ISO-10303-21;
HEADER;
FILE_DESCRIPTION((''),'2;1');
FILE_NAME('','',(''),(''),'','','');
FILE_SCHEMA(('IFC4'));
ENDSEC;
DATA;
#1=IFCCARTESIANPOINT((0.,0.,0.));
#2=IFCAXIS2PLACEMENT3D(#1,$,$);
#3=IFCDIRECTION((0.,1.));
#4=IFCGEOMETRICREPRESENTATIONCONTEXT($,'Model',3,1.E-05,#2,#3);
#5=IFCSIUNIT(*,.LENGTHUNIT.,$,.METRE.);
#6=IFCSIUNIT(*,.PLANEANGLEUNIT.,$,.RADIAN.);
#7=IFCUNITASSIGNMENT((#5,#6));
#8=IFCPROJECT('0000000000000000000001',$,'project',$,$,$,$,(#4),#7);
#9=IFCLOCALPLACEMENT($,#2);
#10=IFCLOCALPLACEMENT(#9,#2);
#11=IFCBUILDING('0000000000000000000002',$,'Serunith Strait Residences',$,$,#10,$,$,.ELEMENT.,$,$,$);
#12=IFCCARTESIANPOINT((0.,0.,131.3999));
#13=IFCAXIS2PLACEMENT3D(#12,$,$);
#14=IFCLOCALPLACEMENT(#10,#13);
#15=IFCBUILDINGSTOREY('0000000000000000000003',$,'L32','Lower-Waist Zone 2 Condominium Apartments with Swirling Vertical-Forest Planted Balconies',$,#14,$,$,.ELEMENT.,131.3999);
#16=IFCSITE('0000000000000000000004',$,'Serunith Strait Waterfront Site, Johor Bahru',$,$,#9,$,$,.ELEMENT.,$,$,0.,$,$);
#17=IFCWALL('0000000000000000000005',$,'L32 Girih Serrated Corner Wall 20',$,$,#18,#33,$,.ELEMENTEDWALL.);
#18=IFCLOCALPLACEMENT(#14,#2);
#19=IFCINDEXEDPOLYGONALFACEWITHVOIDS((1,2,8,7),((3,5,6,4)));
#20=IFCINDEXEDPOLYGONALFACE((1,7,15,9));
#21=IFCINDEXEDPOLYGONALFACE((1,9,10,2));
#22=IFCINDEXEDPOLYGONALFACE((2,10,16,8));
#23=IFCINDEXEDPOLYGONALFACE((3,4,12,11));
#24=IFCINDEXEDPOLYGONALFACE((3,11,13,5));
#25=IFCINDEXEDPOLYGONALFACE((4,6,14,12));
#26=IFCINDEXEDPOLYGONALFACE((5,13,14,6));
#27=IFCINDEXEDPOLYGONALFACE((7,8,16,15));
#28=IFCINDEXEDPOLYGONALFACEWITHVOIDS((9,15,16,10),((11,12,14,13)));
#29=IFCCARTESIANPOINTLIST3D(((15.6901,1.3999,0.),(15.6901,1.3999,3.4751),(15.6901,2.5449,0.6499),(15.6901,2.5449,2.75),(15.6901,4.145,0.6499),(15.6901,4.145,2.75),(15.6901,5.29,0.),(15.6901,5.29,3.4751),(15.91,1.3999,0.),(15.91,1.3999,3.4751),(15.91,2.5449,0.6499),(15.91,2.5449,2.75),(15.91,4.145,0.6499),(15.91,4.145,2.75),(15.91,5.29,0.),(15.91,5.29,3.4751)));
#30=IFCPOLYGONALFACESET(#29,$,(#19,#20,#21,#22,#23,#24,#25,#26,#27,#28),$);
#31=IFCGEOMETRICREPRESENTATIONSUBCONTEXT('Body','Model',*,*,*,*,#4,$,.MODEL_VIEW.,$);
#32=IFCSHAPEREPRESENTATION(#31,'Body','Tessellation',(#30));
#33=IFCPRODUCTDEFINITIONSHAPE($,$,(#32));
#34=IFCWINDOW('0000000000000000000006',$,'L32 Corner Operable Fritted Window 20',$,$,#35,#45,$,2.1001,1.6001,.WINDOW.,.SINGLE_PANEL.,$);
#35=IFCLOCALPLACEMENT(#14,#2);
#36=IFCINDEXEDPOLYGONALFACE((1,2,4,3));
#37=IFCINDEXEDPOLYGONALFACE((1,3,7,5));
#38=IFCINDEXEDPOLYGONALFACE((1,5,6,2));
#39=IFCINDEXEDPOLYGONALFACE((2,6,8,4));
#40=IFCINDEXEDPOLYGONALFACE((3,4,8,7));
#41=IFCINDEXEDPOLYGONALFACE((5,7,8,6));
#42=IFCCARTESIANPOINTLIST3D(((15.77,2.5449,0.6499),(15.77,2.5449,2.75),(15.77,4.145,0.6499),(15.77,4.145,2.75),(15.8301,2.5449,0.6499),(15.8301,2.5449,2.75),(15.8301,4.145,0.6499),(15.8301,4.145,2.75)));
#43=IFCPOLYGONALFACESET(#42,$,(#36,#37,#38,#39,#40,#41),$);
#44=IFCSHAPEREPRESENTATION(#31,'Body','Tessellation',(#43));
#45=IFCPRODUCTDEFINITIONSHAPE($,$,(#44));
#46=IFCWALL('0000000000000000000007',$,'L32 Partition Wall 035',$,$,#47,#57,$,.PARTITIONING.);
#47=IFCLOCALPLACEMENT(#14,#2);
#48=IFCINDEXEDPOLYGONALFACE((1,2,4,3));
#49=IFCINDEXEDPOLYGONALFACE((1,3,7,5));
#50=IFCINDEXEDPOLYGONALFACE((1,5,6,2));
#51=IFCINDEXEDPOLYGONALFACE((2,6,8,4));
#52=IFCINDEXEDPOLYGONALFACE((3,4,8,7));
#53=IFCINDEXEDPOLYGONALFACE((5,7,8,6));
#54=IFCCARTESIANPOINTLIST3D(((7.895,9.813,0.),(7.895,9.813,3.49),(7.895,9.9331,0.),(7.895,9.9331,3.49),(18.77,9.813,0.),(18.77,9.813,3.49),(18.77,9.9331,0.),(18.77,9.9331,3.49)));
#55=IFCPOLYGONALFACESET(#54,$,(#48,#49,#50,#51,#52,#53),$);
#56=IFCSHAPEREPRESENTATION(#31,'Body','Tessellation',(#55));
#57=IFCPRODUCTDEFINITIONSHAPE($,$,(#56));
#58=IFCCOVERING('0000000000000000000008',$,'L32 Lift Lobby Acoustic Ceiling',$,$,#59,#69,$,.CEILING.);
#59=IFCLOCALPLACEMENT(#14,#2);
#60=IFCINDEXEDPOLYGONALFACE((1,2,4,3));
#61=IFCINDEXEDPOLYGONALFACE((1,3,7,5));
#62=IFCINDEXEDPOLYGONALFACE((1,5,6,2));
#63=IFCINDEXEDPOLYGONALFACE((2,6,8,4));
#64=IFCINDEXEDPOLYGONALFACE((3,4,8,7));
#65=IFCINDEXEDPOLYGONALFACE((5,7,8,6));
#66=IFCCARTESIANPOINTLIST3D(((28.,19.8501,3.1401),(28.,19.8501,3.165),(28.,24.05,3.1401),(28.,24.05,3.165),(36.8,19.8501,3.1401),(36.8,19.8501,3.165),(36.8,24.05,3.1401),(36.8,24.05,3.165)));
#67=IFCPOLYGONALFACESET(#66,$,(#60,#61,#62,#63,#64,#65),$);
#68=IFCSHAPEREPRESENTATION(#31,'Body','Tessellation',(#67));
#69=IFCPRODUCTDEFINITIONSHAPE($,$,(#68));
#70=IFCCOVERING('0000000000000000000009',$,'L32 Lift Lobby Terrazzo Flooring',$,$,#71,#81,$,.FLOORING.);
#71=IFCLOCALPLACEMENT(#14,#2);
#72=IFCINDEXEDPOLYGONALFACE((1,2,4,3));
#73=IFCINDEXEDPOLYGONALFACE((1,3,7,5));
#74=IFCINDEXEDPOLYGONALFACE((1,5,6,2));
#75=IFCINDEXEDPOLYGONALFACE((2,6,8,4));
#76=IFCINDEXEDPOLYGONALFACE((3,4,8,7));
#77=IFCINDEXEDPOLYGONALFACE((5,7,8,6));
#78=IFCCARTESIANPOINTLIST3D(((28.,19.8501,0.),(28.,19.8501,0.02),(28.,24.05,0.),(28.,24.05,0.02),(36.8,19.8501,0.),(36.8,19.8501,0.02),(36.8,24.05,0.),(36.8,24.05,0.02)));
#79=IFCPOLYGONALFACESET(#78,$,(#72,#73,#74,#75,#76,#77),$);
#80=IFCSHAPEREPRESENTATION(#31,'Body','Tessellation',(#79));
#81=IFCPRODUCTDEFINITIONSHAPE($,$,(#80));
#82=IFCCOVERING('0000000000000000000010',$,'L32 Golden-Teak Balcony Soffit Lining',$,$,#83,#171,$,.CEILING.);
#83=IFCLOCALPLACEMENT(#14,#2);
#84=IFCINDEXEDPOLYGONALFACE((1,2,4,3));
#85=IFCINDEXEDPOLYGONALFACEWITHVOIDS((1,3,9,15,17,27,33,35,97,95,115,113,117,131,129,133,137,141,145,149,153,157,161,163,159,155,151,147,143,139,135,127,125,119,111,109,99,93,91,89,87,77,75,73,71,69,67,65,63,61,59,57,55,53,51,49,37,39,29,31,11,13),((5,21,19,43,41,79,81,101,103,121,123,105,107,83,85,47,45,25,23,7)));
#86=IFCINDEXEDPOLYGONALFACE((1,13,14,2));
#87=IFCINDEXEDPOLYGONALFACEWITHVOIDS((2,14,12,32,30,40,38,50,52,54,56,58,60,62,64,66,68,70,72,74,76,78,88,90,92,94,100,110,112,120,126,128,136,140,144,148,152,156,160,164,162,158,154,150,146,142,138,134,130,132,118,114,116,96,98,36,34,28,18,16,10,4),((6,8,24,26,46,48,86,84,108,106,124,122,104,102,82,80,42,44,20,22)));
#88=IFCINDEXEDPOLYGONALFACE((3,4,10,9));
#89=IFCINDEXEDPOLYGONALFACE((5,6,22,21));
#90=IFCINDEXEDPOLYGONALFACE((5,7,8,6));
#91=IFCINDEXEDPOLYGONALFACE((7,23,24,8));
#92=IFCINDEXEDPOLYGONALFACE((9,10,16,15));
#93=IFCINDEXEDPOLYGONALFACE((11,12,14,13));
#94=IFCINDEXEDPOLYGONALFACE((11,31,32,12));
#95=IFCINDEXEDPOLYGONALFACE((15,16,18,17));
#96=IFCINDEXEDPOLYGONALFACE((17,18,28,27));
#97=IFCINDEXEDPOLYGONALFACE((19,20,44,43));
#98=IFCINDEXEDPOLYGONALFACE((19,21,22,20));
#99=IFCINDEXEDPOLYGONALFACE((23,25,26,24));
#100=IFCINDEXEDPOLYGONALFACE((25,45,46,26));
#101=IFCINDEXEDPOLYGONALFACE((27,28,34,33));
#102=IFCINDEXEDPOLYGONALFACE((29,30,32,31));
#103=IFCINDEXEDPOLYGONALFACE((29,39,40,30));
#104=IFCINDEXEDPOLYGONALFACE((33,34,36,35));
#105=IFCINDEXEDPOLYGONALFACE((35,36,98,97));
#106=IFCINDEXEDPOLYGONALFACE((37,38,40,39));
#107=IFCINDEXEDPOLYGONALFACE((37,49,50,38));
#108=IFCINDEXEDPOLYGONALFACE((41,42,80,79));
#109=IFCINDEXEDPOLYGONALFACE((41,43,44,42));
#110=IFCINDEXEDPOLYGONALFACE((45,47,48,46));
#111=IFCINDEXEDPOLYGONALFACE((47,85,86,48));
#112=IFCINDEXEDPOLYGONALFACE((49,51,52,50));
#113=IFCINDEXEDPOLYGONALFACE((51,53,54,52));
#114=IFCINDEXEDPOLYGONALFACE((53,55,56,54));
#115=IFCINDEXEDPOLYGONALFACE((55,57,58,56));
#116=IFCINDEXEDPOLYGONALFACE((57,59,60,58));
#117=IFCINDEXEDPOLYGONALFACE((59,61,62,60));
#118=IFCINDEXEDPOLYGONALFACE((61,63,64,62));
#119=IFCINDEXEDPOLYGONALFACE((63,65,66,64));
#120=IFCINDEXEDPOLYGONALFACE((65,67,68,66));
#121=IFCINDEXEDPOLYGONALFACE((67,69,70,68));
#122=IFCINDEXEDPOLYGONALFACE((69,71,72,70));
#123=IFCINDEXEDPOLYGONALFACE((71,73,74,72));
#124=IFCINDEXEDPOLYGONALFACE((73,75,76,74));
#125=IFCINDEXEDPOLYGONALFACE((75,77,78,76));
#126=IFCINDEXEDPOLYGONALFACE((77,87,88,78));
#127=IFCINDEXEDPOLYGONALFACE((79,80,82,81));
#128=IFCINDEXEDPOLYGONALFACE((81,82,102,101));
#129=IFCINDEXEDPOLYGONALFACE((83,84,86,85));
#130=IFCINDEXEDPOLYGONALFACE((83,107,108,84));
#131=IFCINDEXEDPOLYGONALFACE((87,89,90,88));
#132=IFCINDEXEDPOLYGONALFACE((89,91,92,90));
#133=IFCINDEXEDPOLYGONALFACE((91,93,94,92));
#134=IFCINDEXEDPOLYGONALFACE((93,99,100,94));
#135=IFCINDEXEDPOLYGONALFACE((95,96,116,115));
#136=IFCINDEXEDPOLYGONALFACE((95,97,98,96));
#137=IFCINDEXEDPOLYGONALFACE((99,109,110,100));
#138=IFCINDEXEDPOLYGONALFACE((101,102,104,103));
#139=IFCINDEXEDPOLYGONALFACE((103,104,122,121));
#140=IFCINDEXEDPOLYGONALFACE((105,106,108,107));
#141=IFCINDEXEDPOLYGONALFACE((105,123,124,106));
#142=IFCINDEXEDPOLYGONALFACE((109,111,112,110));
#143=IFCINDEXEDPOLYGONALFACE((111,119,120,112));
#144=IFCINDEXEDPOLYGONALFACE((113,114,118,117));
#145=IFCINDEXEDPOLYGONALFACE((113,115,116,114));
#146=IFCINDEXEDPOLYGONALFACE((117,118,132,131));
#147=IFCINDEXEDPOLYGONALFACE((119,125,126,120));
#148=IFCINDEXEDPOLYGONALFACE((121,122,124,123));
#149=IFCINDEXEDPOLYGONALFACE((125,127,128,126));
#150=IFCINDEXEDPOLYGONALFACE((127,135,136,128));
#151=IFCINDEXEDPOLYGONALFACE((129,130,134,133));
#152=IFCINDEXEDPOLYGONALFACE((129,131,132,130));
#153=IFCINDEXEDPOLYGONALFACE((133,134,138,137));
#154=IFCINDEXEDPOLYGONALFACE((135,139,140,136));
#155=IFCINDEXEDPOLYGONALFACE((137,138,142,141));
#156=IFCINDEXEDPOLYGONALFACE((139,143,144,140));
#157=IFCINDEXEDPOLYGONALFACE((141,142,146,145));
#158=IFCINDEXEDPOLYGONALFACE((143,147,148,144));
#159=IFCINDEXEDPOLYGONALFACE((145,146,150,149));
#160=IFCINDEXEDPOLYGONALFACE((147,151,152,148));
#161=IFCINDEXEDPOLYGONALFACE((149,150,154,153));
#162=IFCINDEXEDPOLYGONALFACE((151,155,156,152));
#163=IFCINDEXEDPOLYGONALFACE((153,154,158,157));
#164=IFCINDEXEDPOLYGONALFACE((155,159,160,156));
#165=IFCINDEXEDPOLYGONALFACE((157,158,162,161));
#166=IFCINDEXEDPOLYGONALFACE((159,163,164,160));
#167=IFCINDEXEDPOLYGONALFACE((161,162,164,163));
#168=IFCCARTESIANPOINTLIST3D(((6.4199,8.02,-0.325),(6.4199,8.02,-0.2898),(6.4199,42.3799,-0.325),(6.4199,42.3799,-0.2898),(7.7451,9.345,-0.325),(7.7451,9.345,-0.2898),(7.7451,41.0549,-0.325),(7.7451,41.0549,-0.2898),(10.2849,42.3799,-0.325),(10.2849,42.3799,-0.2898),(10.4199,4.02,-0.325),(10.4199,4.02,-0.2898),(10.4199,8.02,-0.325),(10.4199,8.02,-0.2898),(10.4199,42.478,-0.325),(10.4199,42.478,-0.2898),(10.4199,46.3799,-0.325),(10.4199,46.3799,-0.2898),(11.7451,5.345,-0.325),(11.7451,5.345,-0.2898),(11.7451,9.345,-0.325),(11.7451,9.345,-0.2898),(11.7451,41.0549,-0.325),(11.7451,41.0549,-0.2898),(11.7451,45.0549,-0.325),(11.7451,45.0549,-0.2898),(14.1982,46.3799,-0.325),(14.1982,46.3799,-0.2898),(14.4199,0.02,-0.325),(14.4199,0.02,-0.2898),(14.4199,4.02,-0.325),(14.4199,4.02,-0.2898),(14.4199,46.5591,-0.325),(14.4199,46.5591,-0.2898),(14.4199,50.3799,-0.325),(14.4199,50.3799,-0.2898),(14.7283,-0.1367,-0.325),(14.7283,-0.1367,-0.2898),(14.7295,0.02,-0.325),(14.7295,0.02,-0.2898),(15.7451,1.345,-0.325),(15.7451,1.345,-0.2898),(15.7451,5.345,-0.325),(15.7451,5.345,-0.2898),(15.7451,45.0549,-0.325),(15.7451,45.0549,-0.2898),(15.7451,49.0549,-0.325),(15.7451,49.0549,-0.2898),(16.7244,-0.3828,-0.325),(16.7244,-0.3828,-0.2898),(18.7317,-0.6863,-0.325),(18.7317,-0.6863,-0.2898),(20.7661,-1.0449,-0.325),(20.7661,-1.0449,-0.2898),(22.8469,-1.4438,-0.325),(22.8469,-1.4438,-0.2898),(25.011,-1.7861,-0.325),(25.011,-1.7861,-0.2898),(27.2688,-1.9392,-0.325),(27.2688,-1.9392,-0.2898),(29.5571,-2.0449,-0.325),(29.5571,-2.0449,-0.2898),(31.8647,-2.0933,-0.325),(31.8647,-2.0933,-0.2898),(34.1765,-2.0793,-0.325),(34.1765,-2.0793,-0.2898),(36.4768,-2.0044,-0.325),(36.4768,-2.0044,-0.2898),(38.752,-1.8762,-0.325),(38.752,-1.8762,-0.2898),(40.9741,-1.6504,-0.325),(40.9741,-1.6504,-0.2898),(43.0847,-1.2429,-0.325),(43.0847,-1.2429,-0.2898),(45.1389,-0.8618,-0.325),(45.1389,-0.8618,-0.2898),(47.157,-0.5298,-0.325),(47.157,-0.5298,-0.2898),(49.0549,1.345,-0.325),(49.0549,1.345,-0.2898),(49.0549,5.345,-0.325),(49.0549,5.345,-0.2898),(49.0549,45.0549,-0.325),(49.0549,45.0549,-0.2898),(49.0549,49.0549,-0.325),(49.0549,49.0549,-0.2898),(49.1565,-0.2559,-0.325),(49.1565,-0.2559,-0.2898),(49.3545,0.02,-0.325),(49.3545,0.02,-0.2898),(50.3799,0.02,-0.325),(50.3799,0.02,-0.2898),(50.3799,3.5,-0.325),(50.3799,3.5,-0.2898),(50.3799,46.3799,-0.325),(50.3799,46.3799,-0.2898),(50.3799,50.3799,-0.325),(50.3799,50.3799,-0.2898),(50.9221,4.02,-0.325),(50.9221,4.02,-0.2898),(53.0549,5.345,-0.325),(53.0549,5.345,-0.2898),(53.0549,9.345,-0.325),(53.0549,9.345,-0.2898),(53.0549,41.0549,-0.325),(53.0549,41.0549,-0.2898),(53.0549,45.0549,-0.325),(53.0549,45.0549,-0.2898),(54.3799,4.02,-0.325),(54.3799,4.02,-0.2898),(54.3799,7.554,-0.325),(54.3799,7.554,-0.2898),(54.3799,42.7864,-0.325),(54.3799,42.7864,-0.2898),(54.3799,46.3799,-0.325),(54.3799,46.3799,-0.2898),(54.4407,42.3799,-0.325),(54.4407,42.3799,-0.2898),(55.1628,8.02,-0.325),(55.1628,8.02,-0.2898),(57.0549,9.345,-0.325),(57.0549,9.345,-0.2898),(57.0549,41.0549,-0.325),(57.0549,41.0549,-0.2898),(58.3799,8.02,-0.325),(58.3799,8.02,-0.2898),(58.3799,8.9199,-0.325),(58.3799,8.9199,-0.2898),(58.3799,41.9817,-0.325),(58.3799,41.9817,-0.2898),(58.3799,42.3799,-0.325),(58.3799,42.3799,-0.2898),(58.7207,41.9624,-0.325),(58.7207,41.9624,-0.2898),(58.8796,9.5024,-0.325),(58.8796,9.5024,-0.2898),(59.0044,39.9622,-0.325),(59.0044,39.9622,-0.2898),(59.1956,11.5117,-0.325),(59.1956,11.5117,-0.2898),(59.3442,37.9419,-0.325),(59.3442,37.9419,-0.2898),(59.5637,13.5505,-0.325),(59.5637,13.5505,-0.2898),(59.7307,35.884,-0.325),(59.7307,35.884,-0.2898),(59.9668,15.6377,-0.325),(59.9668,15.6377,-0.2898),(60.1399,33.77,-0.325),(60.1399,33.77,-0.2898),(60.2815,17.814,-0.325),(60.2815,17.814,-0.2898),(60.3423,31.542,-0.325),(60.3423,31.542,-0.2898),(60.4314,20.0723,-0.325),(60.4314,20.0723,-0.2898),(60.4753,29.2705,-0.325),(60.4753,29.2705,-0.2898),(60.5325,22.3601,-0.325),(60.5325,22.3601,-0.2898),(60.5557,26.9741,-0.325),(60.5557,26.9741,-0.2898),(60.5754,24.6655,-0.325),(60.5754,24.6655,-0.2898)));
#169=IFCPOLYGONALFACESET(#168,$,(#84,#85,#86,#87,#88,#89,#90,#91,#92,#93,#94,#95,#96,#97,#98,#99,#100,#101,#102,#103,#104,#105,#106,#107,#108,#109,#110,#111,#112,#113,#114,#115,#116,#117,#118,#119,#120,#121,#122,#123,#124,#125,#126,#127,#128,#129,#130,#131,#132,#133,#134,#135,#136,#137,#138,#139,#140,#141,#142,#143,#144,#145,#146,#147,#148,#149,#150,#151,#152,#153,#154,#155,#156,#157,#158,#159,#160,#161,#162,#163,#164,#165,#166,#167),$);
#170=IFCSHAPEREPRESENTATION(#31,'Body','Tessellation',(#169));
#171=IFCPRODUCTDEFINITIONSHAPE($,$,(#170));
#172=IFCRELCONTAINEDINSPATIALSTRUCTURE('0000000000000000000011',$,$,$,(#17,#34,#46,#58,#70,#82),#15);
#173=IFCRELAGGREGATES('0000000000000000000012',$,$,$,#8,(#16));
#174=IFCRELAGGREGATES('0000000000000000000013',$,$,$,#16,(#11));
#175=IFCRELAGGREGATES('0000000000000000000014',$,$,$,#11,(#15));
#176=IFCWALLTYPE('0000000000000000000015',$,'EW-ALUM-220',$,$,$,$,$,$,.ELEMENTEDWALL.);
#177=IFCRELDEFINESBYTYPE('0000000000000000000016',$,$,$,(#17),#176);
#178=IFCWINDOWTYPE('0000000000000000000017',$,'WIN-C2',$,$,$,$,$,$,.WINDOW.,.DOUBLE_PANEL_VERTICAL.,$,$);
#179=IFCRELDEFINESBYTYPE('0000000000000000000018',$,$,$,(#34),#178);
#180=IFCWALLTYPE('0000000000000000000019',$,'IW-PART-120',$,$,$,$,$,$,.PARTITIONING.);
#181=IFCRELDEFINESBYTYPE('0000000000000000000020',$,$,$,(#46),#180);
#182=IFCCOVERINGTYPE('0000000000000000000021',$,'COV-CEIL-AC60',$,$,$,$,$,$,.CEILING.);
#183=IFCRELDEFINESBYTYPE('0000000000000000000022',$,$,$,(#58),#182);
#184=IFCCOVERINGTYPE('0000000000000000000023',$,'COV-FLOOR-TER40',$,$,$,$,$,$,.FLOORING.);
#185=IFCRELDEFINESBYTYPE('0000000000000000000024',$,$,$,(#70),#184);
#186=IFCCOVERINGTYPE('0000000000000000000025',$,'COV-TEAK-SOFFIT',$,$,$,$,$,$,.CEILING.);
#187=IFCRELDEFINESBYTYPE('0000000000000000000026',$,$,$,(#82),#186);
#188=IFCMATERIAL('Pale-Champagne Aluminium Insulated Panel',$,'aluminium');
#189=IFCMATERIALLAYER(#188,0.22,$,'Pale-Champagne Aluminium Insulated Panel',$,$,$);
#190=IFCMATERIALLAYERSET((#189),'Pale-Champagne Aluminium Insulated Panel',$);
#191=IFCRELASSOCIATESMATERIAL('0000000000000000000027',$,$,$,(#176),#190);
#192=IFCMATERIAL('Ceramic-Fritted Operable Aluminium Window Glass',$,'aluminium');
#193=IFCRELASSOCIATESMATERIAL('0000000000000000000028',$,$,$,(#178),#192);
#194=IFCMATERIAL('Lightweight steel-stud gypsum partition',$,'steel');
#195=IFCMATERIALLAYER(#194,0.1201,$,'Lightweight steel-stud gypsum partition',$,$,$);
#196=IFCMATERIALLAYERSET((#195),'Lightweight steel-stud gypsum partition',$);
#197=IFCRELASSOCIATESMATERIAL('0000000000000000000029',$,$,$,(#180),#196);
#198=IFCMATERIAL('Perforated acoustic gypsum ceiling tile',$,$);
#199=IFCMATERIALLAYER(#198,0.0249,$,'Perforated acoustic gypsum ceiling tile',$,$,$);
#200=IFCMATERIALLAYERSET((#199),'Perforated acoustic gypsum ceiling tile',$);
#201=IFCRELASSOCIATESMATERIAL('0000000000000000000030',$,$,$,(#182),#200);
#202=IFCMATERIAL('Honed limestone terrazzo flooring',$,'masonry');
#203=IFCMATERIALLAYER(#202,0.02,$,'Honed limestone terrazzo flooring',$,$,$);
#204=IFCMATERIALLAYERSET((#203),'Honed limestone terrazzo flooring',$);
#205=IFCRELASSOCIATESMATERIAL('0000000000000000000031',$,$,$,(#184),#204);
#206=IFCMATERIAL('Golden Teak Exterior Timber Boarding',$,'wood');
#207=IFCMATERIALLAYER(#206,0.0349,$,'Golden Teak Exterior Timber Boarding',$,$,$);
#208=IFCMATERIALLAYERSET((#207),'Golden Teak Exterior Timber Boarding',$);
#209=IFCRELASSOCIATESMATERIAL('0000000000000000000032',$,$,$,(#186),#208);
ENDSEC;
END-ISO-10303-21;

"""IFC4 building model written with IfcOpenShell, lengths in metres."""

from ifc_helpers import new_model, si_unit, direction, frame, frame_2d, origin, place, context, subcontext, project, spatial, polyline, rectangle, outline, extrude, source, transform, mapped, material, layer, layer_set, type_object, element, fill, save


model = new_model("IFC4")

# Units and contexts
model_context = context("Model", 3, precision=1e-05, world=origin(), true_north=direction((0.0, 1.0)))
body_context = subcontext(model_context, "Body", "Model", "MODEL_VIEW")
ifc_project = project(units=[si_unit("LENGTHUNIT", "METRE"), si_unit("PLANEANGLEUNIT", "RADIAN")], contexts=[model_context])

# Site, building, storey
site_placement = place(None, origin())
site = spatial("IfcSite", under=ifc_project, at=site_placement, Name="Serunith Strait Waterfront Site, Johor Bahru", CompositionType="ELEMENT", RefElevation=0.0)
building_placement = place(site_placement, origin())
building = spatial("IfcBuilding", under=site, at=building_placement, Name="Serunith Strait Residences", CompositionType="ELEMENT")
storey_placement = place(building_placement, frame((0.0, 0.0, 131.3999)))
storey = spatial("IfcBuildingStorey", under=building, at=storey_placement, Name="L32", Description="Lower-Waist Zone 2 Condominium Apartments with Swirling Vertical-Forest Planted Balconies", CompositionType="ELEMENT", Elevation=131.3999)

# Wall, opening, window
ifc_material_1 = material(Name="Pale-Champagne Aluminium Insulated Panel", Category="aluminium")
ifc_layer_1 = layer(ifc_material_1, 0.22, Name="Pale-Champagne Aluminium Insulated Panel")
ifc_layer_set_1 = layer_set([ifc_layer_1], Name="Pale-Champagne Aluminium Insulated Panel")
wall_type_1 = type_object("IfcWallType", Name="EW-ALUM-220", PredefinedType="ELEMENTEDWALL", material=ifc_layer_set_1)
ifc_material_2 = material(Name="Ceramic-Fritted Operable Aluminium Window Glass", Category="aluminium")
window_type = type_object("IfcWindowType", Name="WIN-C2", PartitioningType="DOUBLE_PANEL_VERTICAL", PredefinedType="WINDOW", material=ifc_material_2)
shared_shape_1 = source(origin(), body_context, "Body", "SweptSolid", [
    extrude(rectangle(XDim=1.6001, YDim=2.1001, at=frame_2d((0.8, 1.05))), frame((0.0, 0.03, 0.0), z_axis=(0.0, -1.0, 0.0), x_axis=(1.0, 0.0, 0.0)), (0.0, 0.0, 1.0), 0.0601),
])
wall_1_placement = place(storey_placement, frame((15.8, 5.29, 0.0), z_axis=(0.0, 0.0, 1.0), x_axis=(0.0, -1.0, 0.0)))
wall_1 = element("IfcWall", 1, at=wall_1_placement, inside=storey, type_object=wall_type_1, Name="L32 Girih Serrated Corner Wall 20", PredefinedType="ELEMENTEDWALL", context=body_context, shape_type="SweptSolid", body=[
    extrude(rectangle(XDim=3.8901, YDim=0.22, at=frame_2d((1.9451, 0.0))), origin(), (0.0, 0.0, 1.0), 3.4751),
])
opening_1_placement = place(wall_1_placement, frame((1.145, 0.0, 0.6499)))
opening_1 = element("IfcOpeningElement", 2, at=opening_1_placement, cuts=wall_1, PredefinedType="OPENING", context=body_context, shape_type="SweptSolid", body=[
    extrude(rectangle(XDim=1.6001, YDim=2.1001, at=frame_2d((0.8, 1.05))), frame((0.0, 0.1201, 0.0), z_axis=(0.0, -1.0, 0.0), x_axis=(1.0, 0.0, 0.0)), (0.0, 0.0, 1.0), 0.24),
])
window_1_placement = place(opening_1_placement, origin())
window_1 = element("IfcWindow", 3, at=window_1_placement, inside=storey, type_object=window_type, Name="L32 Corner Operable Fritted Window 20", OverallHeight=2.1001, OverallWidth=1.6001, PartitioningType="SINGLE_PANEL", PredefinedType="WINDOW", context=body_context, shape_type="MappedRepresentation", body=[
    mapped(shared_shape_1, transform((0.0, 0.0, 0.0), scale=1.0)),
])
fill(opening_1, window_1)

# Wall
ifc_material_3 = material(Name="Lightweight steel-stud gypsum partition", Category="steel")
ifc_layer_2 = layer(ifc_material_3, 0.1201, Name="Lightweight steel-stud gypsum partition")
ifc_layer_set_2 = layer_set([ifc_layer_2], Name="Lightweight steel-stud gypsum partition")
wall_type_2 = type_object("IfcWallType", Name="IW-PART-120", PredefinedType="PARTITIONING", material=ifc_layer_set_2)
wall_2_placement = place(storey_placement, frame((7.895, 9.873, 0.0), z_axis=(0.0, 0.0, 1.0), x_axis=(1.0, 0.0, 0.0)))
element("IfcWall", 4, at=wall_2_placement, inside=storey, type_object=wall_type_2, Name="L32 Partition Wall 035", PredefinedType="PARTITIONING", context=body_context, shape_type="SweptSolid", body=[
    extrude(rectangle(XDim=10.875, YDim=0.1201, at=frame_2d((5.4375, 0.0))), origin(), (0.0, 0.0, 1.0), 3.49),
])

# Coverings
ifc_material_4 = material(Name="Perforated acoustic gypsum ceiling tile")
ifc_layer_3 = layer(ifc_material_4, 0.0249, Name="Perforated acoustic gypsum ceiling tile")
ifc_layer_set_3 = layer_set([ifc_layer_3], Name="Perforated acoustic gypsum ceiling tile")
covering_type_1 = type_object("IfcCoveringType", Name="COV-CEIL-AC60", PredefinedType="CEILING", material=ifc_layer_set_3)
covering_1_placement = place(storey_placement, frame((0.0, 0.0, 3.1401)))
element("IfcCovering", 5, at=covering_1_placement, inside=storey, type_object=covering_type_1, Name="L32 Lift Lobby Acoustic Ceiling", PredefinedType="CEILING", context=body_context, shape_type="SweptSolid", body=[
    extrude(outline(polyline([(28.0, 19.8501), (36.8, 19.8501), (36.8, 24.05), (28.0, 24.05), (28.0, 19.8501)])), origin(), (0.0, 0.0, 1.0), 0.0249),
])
ifc_material_5 = material(Name="Honed limestone terrazzo flooring", Category="masonry")
ifc_layer_4 = layer(ifc_material_5, 0.02, Name="Honed limestone terrazzo flooring")
ifc_layer_set_4 = layer_set([ifc_layer_4], Name="Honed limestone terrazzo flooring")
covering_type_2 = type_object("IfcCoveringType", Name="COV-FLOOR-TER40", PredefinedType="FLOORING", material=ifc_layer_set_4)
covering_2_placement = place(storey_placement, origin())
element("IfcCovering", 6, at=covering_2_placement, inside=storey, type_object=covering_type_2, Name="L32 Lift Lobby Terrazzo Flooring", PredefinedType="FLOORING", context=body_context, shape_type="SweptSolid", body=[
    extrude(outline(polyline([(28.0, 19.8501), (36.8, 19.8501), (36.8, 24.05), (28.0, 24.05), (28.0, 19.8501)])), origin(), (0.0, 0.0, 1.0), 0.02),
])
ifc_material_6 = material(Name="Golden Teak Exterior Timber Boarding", Category="wood")
ifc_layer_5 = layer(ifc_material_6, 0.0349, Name="Golden Teak Exterior Timber Boarding")
ifc_layer_set_5 = layer_set([ifc_layer_5], Name="Golden Teak Exterior Timber Boarding")
covering_type_3 = type_object("IfcCoveringType", Name="COV-TEAK-SOFFIT", PredefinedType="CEILING", material=ifc_layer_set_5)
covering_3_placement = place(storey_placement, frame((0.0, 0.0, -0.325)))
element("IfcCovering", 7, at=covering_3_placement, inside=storey, type_object=covering_type_3, Name="L32 Golden-Teak Balcony Soffit Lining", PredefinedType="CEILING", context=body_context, shape_type="SweptSolid", body=[
    extrude(outline(polyline([(14.4199, 0.02), (14.4199, 4.02), (10.4199, 4.02), (10.4199, 8.02), (6.4199, 8.02), (6.4199, 42.3799), (10.2849, 42.3799), (10.4199, 42.478), (10.4199, 46.3799), (14.1982, 46.3799), (14.4199, 46.5591), (14.4199, 50.3799), (50.3799, 50.3799), (50.3799, 46.3799), (54.3799, 46.3799), (54.3799, 42.7864), (54.4407, 42.3799), (58.3799, 42.3799), (58.3799, 41.9817), (58.7207, 41.9624), (59.0044, 39.9622), (59.3442, 37.9419), (59.7307, 35.884), (60.1399, 33.77), (60.3423, 31.542), (60.4753, 29.2705), (60.5557, 26.9741), (60.5754, 24.6655), (60.5325, 22.3601), (60.4314, 20.0723), (60.2815, 17.814), (59.9668, 15.6377), (59.5637, 13.5505), (59.1956, 11.5117), (58.8796, 9.5024), (58.3799, 8.9199), (58.3799, 8.02), (55.1628, 8.02), (54.3799, 7.554), (54.3799, 4.02), (50.9221, 4.02), (50.3799, 3.5), (50.3799, 0.02), (49.3545, 0.02), (49.1565, -0.2559), (47.157, -0.5298), (45.1389, -0.8618), (43.0847, -1.2429), (40.9741, -1.6504), (38.752, -1.8762), (36.4768, -2.0044), (34.1765, -2.0793), (31.8647, -2.0933), (29.5571, -2.0449), (27.2688, -1.9392), (25.011, -1.7861), (22.8469, -1.4438), (20.7661, -1.0449), (18.7317, -0.6863), (16.7244, -0.3828), (14.7283, -0.1367), (14.7295, 0.02), (14.4199, 0.02)]), holes=[polyline([(49.0549, 1.345), (49.0549, 5.345), (53.0549, 5.345), (53.0549, 9.345), (57.0549, 9.345), (57.0549, 41.0549), (53.0549, 41.0549), (53.0549, 45.0549), (49.0549, 45.0549), (49.0549, 49.0549), (15.7451, 49.0549), (15.7451, 45.0549), (11.7451, 45.0549), (11.7451, 41.0549), (7.7451, 41.0549), (7.7451, 9.345), (11.7451, 9.345), (11.7451, 5.345), (15.7451, 5.345), (15.7451, 1.345), (49.0549, 1.345)])]), origin(), (0.0, 0.0, 1.0), 0.0352),
])

save(model, "model.ifc")
